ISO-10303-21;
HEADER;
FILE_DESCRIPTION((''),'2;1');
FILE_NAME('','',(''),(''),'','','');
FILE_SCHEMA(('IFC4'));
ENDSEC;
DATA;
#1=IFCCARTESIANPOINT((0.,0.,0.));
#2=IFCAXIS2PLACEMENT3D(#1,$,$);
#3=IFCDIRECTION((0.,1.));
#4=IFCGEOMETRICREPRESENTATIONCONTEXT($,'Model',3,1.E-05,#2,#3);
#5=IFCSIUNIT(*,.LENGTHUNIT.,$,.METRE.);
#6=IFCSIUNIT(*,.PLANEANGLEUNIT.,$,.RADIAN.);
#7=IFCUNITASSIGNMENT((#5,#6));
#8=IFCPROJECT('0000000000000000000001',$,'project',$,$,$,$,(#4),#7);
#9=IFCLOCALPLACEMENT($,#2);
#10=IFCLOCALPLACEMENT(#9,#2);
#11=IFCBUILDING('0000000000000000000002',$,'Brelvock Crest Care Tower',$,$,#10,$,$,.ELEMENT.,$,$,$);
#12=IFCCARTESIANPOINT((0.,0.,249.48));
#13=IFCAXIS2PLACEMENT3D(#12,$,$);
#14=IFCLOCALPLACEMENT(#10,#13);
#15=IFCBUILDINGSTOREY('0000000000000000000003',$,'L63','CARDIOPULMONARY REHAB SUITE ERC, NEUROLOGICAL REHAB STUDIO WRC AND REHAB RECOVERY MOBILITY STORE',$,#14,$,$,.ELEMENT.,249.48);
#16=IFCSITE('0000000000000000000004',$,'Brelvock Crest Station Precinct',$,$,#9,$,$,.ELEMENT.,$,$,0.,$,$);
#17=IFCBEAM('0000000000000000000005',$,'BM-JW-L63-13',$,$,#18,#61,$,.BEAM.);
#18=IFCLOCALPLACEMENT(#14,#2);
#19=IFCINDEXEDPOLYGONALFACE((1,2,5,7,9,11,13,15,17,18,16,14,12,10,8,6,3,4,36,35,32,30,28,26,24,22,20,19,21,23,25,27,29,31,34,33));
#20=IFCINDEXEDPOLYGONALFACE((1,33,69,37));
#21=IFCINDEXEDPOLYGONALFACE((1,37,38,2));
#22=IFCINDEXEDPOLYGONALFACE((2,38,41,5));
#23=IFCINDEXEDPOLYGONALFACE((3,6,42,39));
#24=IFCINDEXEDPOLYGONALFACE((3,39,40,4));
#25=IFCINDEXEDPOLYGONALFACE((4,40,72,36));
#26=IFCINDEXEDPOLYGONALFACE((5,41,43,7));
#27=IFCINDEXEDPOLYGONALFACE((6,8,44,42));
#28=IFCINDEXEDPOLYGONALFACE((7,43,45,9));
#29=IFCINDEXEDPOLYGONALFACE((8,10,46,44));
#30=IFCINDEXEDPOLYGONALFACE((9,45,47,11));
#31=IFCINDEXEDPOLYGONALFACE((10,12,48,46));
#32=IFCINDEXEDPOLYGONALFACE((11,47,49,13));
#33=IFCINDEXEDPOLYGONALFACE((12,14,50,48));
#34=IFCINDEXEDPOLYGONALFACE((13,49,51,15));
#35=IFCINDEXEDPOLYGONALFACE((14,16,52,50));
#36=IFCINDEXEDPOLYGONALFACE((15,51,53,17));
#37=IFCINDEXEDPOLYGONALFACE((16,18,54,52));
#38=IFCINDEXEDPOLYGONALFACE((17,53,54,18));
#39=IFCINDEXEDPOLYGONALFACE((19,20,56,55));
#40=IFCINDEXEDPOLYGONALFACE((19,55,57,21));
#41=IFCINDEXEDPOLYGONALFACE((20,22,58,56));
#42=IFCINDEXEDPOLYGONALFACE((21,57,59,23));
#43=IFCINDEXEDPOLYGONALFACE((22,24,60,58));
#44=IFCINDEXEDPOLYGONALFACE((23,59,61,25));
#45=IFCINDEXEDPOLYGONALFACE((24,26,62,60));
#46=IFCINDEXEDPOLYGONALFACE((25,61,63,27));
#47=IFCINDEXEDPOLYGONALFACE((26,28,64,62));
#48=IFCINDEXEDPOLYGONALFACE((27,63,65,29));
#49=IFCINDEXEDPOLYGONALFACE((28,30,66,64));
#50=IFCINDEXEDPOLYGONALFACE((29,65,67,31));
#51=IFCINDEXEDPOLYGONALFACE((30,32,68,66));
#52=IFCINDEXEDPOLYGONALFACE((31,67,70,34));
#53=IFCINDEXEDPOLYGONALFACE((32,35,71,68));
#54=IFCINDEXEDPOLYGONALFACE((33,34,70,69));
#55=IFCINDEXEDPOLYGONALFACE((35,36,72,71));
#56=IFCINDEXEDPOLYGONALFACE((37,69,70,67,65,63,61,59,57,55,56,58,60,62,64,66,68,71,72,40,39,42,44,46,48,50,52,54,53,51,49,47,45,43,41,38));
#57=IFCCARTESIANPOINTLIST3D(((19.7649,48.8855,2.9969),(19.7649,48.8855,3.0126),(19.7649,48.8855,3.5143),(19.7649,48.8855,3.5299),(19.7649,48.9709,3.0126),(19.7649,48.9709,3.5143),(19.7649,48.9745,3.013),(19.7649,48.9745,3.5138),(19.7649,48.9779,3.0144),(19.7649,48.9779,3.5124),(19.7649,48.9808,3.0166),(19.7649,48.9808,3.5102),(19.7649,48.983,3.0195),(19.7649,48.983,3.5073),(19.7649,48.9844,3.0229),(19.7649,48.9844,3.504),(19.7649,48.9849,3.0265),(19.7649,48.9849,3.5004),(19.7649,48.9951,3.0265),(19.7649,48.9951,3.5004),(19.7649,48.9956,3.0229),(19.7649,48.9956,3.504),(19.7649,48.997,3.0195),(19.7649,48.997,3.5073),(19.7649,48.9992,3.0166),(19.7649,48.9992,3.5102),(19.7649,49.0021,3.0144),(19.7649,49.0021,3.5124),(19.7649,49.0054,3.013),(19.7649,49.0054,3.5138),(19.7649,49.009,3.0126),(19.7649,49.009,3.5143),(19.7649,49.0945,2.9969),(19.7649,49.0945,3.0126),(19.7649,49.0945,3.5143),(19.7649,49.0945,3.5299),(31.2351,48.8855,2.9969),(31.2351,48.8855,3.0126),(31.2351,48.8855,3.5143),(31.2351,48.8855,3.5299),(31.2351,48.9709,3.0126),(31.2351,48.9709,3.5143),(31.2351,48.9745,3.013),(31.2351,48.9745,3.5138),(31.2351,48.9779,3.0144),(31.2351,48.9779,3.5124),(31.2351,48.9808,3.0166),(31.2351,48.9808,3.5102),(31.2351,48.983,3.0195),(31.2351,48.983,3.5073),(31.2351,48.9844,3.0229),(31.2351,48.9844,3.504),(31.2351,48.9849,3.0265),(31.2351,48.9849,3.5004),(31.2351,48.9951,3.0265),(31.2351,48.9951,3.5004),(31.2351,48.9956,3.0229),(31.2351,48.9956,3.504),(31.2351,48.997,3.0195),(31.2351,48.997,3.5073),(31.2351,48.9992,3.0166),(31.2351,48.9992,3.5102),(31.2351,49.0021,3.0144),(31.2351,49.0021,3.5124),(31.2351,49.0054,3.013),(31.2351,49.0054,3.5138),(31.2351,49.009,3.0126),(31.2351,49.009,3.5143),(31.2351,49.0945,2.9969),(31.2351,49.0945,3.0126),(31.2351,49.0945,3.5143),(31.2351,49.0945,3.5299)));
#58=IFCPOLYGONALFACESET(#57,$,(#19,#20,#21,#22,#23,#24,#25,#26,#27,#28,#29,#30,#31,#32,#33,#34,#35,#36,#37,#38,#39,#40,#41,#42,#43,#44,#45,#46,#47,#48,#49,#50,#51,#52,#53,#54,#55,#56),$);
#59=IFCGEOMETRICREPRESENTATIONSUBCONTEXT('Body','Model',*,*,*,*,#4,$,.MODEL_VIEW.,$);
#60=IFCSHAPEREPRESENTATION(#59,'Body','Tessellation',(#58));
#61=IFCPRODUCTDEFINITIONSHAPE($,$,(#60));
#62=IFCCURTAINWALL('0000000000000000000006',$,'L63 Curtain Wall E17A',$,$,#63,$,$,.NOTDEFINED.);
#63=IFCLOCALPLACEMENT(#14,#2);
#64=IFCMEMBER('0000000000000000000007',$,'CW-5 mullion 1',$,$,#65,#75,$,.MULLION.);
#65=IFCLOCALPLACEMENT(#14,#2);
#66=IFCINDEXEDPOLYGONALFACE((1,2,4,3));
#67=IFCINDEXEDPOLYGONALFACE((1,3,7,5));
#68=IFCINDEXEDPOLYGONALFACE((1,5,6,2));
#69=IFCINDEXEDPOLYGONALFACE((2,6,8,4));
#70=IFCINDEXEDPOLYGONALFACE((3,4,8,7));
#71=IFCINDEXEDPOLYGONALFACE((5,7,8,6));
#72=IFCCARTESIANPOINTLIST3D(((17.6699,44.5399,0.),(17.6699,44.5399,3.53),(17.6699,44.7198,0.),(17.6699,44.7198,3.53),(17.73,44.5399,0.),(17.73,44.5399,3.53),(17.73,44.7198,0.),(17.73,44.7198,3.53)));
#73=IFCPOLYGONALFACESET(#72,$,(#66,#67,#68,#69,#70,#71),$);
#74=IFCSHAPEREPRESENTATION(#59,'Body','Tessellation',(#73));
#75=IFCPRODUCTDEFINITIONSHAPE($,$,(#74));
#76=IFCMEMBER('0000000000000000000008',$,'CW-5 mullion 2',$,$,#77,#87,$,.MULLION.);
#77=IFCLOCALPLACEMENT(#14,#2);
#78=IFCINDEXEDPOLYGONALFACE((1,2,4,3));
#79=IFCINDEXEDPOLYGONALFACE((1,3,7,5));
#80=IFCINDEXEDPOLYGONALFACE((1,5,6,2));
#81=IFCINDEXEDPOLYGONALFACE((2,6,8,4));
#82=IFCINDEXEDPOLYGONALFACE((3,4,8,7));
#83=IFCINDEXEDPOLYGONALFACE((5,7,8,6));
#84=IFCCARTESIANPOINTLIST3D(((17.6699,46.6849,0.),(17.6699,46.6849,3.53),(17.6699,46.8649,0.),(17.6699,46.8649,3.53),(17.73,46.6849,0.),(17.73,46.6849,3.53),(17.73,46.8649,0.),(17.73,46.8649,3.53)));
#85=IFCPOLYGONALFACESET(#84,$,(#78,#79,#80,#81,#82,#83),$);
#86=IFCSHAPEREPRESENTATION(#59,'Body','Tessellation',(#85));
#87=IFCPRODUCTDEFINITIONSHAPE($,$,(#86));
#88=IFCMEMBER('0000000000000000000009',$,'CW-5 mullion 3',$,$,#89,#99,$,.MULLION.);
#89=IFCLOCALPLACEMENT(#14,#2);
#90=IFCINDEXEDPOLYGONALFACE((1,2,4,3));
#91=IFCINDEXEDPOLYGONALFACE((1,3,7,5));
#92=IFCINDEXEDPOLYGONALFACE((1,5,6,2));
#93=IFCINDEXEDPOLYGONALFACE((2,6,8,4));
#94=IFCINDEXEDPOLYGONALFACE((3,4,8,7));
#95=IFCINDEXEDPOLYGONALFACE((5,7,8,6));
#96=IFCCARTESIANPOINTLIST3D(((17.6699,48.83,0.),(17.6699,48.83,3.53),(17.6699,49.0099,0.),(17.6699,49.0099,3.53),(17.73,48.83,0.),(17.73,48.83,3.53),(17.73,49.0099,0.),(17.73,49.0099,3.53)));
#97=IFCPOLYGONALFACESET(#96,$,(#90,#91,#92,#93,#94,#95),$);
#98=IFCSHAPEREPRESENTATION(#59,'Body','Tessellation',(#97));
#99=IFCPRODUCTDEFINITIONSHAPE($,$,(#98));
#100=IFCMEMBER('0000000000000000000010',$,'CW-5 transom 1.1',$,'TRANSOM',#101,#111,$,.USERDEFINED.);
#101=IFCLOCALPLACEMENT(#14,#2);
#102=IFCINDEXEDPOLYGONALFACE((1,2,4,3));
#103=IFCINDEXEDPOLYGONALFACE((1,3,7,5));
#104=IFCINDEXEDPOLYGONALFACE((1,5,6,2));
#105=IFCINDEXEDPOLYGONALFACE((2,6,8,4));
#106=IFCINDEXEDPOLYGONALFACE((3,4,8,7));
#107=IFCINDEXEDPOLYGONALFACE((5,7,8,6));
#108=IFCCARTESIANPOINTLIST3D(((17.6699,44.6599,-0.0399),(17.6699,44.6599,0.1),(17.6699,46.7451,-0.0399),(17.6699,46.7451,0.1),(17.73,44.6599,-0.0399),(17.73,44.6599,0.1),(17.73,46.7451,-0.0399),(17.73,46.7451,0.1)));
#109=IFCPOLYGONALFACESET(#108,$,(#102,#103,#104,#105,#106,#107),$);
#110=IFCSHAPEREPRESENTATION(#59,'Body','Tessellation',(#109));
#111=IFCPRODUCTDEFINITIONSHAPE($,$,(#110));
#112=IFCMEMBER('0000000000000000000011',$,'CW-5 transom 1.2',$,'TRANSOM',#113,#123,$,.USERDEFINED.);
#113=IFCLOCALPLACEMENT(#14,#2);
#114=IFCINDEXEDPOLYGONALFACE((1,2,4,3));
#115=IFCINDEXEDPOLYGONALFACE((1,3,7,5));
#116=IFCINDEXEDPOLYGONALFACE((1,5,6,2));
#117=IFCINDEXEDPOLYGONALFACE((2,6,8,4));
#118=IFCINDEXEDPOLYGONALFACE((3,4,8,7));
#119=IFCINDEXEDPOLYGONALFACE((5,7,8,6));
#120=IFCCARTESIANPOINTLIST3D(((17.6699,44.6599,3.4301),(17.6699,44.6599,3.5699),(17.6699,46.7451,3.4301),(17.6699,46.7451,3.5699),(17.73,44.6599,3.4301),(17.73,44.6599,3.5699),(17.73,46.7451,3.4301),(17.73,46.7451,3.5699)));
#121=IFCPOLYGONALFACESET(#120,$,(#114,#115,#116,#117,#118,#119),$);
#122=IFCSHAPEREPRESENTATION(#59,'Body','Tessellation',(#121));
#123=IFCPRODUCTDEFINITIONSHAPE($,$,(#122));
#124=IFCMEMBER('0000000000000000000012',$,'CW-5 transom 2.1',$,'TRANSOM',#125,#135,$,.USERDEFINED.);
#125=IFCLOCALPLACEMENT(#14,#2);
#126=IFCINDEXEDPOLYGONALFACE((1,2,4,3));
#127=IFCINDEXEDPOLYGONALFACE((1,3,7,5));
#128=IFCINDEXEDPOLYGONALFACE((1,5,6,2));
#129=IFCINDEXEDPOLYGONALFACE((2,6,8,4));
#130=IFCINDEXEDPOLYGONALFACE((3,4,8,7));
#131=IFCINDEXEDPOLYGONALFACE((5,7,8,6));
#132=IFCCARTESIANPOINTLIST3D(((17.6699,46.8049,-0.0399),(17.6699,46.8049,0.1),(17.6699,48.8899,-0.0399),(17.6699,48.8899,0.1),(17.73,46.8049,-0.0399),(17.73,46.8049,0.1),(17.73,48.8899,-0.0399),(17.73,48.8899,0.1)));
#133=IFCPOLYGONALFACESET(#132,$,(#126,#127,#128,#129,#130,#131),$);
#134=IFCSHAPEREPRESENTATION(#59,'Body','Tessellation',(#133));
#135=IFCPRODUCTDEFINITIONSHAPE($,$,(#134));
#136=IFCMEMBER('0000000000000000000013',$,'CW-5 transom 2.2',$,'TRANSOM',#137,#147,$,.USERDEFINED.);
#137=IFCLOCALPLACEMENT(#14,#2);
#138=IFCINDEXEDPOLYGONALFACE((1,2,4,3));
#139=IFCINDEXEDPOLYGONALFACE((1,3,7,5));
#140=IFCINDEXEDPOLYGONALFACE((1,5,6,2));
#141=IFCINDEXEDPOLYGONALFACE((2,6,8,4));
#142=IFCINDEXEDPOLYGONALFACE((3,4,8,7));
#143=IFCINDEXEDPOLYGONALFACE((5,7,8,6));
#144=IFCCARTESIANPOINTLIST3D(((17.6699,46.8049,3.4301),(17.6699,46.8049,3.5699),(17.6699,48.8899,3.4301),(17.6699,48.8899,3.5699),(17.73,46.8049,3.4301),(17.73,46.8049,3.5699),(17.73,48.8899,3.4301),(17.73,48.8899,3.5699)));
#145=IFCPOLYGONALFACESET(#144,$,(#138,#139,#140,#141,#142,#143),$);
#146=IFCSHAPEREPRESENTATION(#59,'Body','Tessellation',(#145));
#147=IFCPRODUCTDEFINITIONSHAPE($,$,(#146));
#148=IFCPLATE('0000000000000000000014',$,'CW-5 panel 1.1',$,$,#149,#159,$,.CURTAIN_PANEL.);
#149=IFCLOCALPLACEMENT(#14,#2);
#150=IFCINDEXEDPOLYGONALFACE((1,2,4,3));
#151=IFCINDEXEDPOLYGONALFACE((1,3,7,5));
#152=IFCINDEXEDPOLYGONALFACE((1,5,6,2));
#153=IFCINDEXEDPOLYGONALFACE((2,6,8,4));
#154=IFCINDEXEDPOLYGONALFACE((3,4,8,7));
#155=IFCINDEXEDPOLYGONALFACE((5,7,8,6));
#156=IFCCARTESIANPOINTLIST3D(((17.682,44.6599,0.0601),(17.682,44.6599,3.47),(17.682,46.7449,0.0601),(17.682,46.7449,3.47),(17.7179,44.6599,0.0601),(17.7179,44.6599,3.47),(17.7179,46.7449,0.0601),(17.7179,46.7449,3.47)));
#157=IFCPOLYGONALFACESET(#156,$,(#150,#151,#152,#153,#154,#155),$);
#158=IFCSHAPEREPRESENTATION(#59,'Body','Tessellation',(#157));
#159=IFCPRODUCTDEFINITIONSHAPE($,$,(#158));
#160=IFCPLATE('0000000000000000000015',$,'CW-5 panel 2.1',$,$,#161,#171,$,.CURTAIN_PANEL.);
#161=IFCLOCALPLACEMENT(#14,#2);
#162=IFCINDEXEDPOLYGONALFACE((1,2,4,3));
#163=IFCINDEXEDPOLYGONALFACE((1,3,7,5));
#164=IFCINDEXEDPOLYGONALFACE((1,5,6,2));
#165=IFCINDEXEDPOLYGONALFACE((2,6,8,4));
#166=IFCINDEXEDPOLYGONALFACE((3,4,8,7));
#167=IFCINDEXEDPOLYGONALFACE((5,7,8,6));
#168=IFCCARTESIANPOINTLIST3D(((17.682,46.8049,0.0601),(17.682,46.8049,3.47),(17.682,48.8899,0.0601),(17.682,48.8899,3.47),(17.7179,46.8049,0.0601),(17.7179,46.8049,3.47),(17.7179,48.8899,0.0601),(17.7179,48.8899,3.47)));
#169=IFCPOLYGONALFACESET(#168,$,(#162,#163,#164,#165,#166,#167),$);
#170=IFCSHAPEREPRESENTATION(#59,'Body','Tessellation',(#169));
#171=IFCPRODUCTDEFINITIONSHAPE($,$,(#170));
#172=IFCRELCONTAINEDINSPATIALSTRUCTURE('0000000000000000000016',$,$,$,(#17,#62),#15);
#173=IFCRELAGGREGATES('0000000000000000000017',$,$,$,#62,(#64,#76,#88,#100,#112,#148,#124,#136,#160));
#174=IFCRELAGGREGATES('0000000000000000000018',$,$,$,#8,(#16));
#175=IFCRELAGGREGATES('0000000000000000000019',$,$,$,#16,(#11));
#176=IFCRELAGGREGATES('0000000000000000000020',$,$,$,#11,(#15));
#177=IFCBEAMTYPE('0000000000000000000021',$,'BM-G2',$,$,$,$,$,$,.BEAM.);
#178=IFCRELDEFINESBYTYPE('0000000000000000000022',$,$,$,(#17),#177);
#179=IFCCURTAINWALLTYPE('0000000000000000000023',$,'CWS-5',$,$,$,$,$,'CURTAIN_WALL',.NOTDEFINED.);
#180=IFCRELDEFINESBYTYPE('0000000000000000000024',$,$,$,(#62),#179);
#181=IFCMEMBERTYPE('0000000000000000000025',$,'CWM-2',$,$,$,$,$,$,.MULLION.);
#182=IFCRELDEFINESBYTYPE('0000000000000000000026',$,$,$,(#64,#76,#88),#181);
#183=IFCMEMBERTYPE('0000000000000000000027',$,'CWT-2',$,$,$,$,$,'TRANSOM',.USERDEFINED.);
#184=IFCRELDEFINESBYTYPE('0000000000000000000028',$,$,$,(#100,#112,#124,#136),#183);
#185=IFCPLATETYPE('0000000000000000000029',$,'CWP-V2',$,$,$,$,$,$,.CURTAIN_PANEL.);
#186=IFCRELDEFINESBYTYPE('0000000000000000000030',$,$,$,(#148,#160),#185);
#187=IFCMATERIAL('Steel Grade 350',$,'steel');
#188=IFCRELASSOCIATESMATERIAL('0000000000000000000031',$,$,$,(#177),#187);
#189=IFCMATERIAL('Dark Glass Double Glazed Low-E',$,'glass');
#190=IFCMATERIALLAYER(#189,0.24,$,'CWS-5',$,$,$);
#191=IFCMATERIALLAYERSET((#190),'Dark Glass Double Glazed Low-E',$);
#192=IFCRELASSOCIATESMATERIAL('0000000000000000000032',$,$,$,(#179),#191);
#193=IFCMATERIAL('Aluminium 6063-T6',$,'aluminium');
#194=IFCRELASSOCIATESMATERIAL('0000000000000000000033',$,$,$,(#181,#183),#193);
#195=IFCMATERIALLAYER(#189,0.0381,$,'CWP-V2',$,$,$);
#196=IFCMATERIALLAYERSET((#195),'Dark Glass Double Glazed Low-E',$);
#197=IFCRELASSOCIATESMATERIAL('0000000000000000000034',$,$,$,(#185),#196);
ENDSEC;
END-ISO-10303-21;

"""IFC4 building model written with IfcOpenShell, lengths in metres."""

from ifc_helpers import new_model, si_unit, direction, frame, origin, origin_2d, place, context, subcontext, project, spatial, rectangle, i_section, extrude, source, transform, mapped, material, layer, layer_set, material_profile, profile_set, type_object, element, aggregate, save


model = new_model("IFC4")

# Units and contexts
model_context = context("Model", 3, precision=1e-05, world=origin(), true_north=direction((0.0, 1.0)))
body_context = subcontext(model_context, "Body", "Model", "MODEL_VIEW")
ifc_project = project(units=[si_unit("LENGTHUNIT", "METRE"), si_unit("PLANEANGLEUNIT", "RADIAN")], contexts=[model_context])

# Site, building, storey
site_placement = place(None, origin())
site = spatial("IfcSite", under=ifc_project, at=site_placement, Name="Brelvock Crest Station Precinct", CompositionType="ELEMENT", RefElevation=0.0)
building_placement = place(site_placement, origin())
building = spatial("IfcBuilding", under=site, at=building_placement, Name="Brelvock Crest Care Tower", CompositionType="ELEMENT")
storey_placement = place(building_placement, frame((0.0, 0.0, 249.48)))
storey = spatial("IfcBuildingStorey", under=building, at=storey_placement, Name="L63", Description="CARDIOPULMONARY REHAB SUITE ERC, NEUROLOGICAL REHAB STUDIO WRC AND REHAB RECOVERY MOBILITY STORE", CompositionType="ELEMENT", Elevation=249.48)

# Beam
ifc_material_1 = material(Name="Steel Grade 350", Category="steel")
ifc_material_profile_1 = material_profile(ifc_material_1, i_section(OverallWidth=0.209, OverallDepth=0.533, WebThickness=0.0103, FlangeThickness=0.0156, FilletRadius=0.0139, at=origin_2d()), Name="530UB92.4")
ifc_profile_set_1 = profile_set([ifc_material_profile_1], Name="Steel Grade 350")
beam_type_1 = type_object("IfcBeamType", Name="BM-G2", PredefinedType="BEAM", material=ifc_profile_set_1)
shared_shape_1 = source(origin(), body_context, "Body", "SweptSolid", [
    extrude(i_section(OverallWidth=0.209, OverallDepth=0.533, WebThickness=0.0103, FlangeThickness=0.0156, FilletRadius=0.0139, at=origin_2d()), origin(), (0.0, 0.0, 1.0), 11.4702),
])
for number, where, z_axis, x_axis, name in (
    (1, (19.7649, 48.99, 3.2634), (1.0, 0.0, 0.0), (0.0, 1.0, 0.0), "BM-JW-L63-13"),
):
    element("IfcBeam", number, at=place(storey_placement, frame(where, z_axis=z_axis, x_axis=x_axis)), inside=storey, type_object=beam_type_1, Name=name, PredefinedType="BEAM", context=body_context, shape_type="MappedRepresentation", body=[
        mapped(shared_shape_1, transform((0.0, 0.0, 0.0), x_axis=(1.0, 0.0, 0.0), y_axis=(0.0, 1.0, 0.0), z_axis=(0.0, 0.0, 1.0), scale=1.0)),
    ])

# Curtain wall, members, plates
ifc_material_2 = material(Name="Dark Glass Double Glazed Low-E", Category="glass")
ifc_layer_1 = layer(ifc_material_2, 0.24, Name="CWS-5")
ifc_layer_set_1 = layer_set([ifc_layer_1], Name="Dark Glass Double Glazed Low-E")
curtain_wall_type = type_object("IfcCurtainWallType", Name="CWS-5", ElementType="CURTAIN_WALL", PredefinedType="NOTDEFINED", material=ifc_layer_set_1)
curtain_wall_placement = place(storey_placement, origin())
curtain_wall = element("IfcCurtainWall", 2, at=curtain_wall_placement, inside=storey, type_object=curtain_wall_type, Name="L63 Curtain Wall E17A", PredefinedType="NOTDEFINED")
ifc_material_3 = material(Name="Aluminium 6063-T6", Category="aluminium")
ifc_material_profile_2 = material_profile(ifc_material_3, rectangle(XDim=0.0601, YDim=0.1799, at=origin_2d()), Name="ALU60x180")
ifc_profile_set_2 = profile_set([ifc_material_profile_2], Name="Aluminium 6063-T6")
member_type_1 = type_object("IfcMemberType", Name="CWM-2", PredefinedType="MULLION", material=ifc_profile_set_2)
shared_shape_2 = source(origin(), body_context, "Body", "SweptSolid", [
    extrude(rectangle(XDim=0.0601, YDim=0.1799, at=origin_2d()), origin(), (0.0, 0.0, 1.0), 3.53),
])
member_1_placement = place(storey_placement, frame((17.7, 44.6299, 0.0), z_axis=(0.0, 0.0, 1.0), x_axis=(-1.0, 0.0, 0.0)))
member_1 = element("IfcMember", 3, at=member_1_placement, type_object=member_type_1, Name="CW-5 mullion 1", PredefinedType="MULLION", context=body_context, shape_type="MappedRepresentation", body=[
    mapped(shared_shape_2, transform((0.0, 0.0, 0.0), x_axis=(1.0, 0.0, 0.0), y_axis=(0.0, 1.0, 0.0), z_axis=(0.0, 0.0, 1.0), scale=1.0)),
])
member_2_placement = place(storey_placement, frame((17.7, 46.7749, 0.0), z_axis=(0.0, 0.0, 1.0), x_axis=(-1.0, 0.0, 0.0)))
member_2 = element("IfcMember", 4, at=member_2_placement, type_object=member_type_1, Name="CW-5 mullion 2", PredefinedType="MULLION", context=body_context, shape_type="MappedRepresentation", body=[
    mapped(shared_shape_2, transform((0.0, 0.0, 0.0), x_axis=(1.0, 0.0, 0.0), y_axis=(0.0, 1.0, 0.0), z_axis=(0.0, 0.0, 1.0), scale=1.0)),
])
member_3_placement = place(storey_placement, frame((17.7, 48.9199, 0.0), z_axis=(0.0, 0.0, 1.0), x_axis=(-1.0, 0.0, 0.0)))
member_3 = element("IfcMember", 5, at=member_3_placement, type_object=member_type_1, Name="CW-5 mullion 3", PredefinedType="MULLION", context=body_context, shape_type="MappedRepresentation", body=[
    mapped(shared_shape_2, transform((0.0, 0.0, 0.0), x_axis=(1.0, 0.0, 0.0), y_axis=(0.0, 1.0, 0.0), z_axis=(0.0, 0.0, 1.0), scale=1.0)),
])
ifc_material_profile_3 = material_profile(ifc_material_3, rectangle(XDim=0.0601, YDim=0.1399, at=origin_2d()), Name="ALU60x140")
ifc_profile_set_3 = profile_set([ifc_material_profile_3], Name="Aluminium 6063-T6")
member_type_2 = type_object("IfcMemberType", Name="CWT-2", ElementType="TRANSOM", PredefinedType="USERDEFINED", material=ifc_profile_set_3)
shared_shape_3 = source(origin(), body_context, "Body", "SweptSolid", [
    extrude(rectangle(XDim=0.0601, YDim=0.1399, at=origin_2d()), origin(), (0.0, 0.0, 1.0), 2.0852),
])
member_4_placement = place(storey_placement, frame((17.7, 44.6599, 0.03), z_axis=(0.0, 1.0, 0.0), x_axis=(-1.0, 0.0, 0.0)))
member_4 = element("IfcMember", 6, at=member_4_placement, type_object=member_type_2, Name="CW-5 transom 1.1", ObjectType="TRANSOM", PredefinedType="USERDEFINED", context=body_context, shape_type="MappedRepresentation", body=[
    mapped(shared_shape_3, transform((0.0, 0.0, 0.0), x_axis=(1.0, 0.0, 0.0), y_axis=(0.0, 1.0, 0.0), z_axis=(0.0, 0.0, 1.0), scale=1.0)),
])
member_5_placement = place(storey_placement, frame((17.7, 44.6599, 3.5), z_axis=(0.0, 1.0, 0.0), x_axis=(-1.0, 0.0, 0.0)))
member_5 = element("IfcMember", 7, at=member_5_placement, type_object=member_type_2, Name="CW-5 transom 1.2", ObjectType="TRANSOM", PredefinedType="USERDEFINED", context=body_context, shape_type="MappedRepresentation", body=[
    mapped(shared_shape_3, transform((0.0, 0.0, 0.0), x_axis=(1.0, 0.0, 0.0), y_axis=(0.0, 1.0, 0.0), z_axis=(0.0, 0.0, 1.0), scale=1.0)),
])
shared_shape_4 = source(origin(), body_context, "Body", "SweptSolid", [
    extrude(rectangle(XDim=0.0601, YDim=0.1399, at=origin_2d()), origin(), (0.0, 0.0, 1.0), 2.085),
])
member_6_placement = place(storey_placement, frame((17.7, 46.8049, 0.03), z_axis=(0.0, 1.0, 0.0), x_axis=(-1.0, 0.0, 0.0)))
member_6 = element("IfcMember", 8, at=member_6_placement, type_object=member_type_2, Name="CW-5 transom 2.1", ObjectType="TRANSOM", PredefinedType="USERDEFINED", context=body_context, shape_type="MappedRepresentation", body=[
    mapped(shared_shape_4, transform((0.0, 0.0, 0.0), x_axis=(1.0, 0.0, 0.0), y_axis=(0.0, 1.0, 0.0), z_axis=(0.0, 0.0, 1.0), scale=1.0)),
])
member_7_placement = place(storey_placement, frame((17.7, 46.8049, 3.5), z_axis=(0.0, 1.0, 0.0), x_axis=(-1.0, 0.0, 0.0)))
member_7 = element("IfcMember", 9, at=member_7_placement, type_object=member_type_2, Name="CW-5 transom 2.2", ObjectType="TRANSOM", PredefinedType="USERDEFINED", context=body_context, shape_type="MappedRepresentation", body=[
    mapped(shared_shape_4, transform((0.0, 0.0, 0.0), x_axis=(1.0, 0.0, 0.0), y_axis=(0.0, 1.0, 0.0), z_axis=(0.0, 0.0, 1.0), scale=1.0)),
])
ifc_layer_2 = layer(ifc_material_2, 0.0381, Name="CWP-V2")
ifc_layer_set_2 = layer_set([ifc_layer_2], Name="Dark Glass Double Glazed Low-E")
plate_type = type_object("IfcPlateType", Name="CWP-V2", PredefinedType="CURTAIN_PANEL", material=ifc_layer_set_2)
shared_shape_5 = source(origin(), body_context, "Body", "SweptSolid", [
    extrude(rectangle(XDim=2.085, YDim=0.0359, at=origin_2d()), origin(), (0.0, 0.0, 1.0), 3.4099),
])
plate_1_placement = place(storey_placement, frame((17.7, 45.7024, 0.0601), z_axis=(0.0, 0.0, 1.0), x_axis=(0.0, 1.0, 0.0)))
plate_1 = element("IfcPlate", 10, at=plate_1_placement, type_object=plate_type, Name="CW-5 panel 1.1", PredefinedType="CURTAIN_PANEL", context=body_context, shape_type="MappedRepresentation", body=[
    mapped(shared_shape_5, transform((0.0, 0.0, 0.0), x_axis=(1.0, 0.0, 0.0), y_axis=(0.0, 1.0, 0.0), z_axis=(0.0, 0.0, 1.0), scale=1.0)),
])
plate_2_placement = place(storey_placement, frame((17.7, 47.8474, 0.0601), z_axis=(0.0, 0.0, 1.0), x_axis=(0.0, 1.0, 0.0)))
plate_2 = element("IfcPlate", 11, at=plate_2_placement, type_object=plate_type, Name="CW-5 panel 2.1", PredefinedType="CURTAIN_PANEL", context=body_context, shape_type="MappedRepresentation", body=[
    mapped(shared_shape_5, transform((0.0, 0.0, 0.0), x_axis=(1.0, 0.0, 0.0), y_axis=(0.0, 1.0, 0.0), z_axis=(0.0, 0.0, 1.0), scale=1.0)),
])
aggregate(curtain_wall, [member_1, member_2, member_3, member_4, member_5, plate_1, member_6, member_7, plate_2])

save(model, "model.ifc")
